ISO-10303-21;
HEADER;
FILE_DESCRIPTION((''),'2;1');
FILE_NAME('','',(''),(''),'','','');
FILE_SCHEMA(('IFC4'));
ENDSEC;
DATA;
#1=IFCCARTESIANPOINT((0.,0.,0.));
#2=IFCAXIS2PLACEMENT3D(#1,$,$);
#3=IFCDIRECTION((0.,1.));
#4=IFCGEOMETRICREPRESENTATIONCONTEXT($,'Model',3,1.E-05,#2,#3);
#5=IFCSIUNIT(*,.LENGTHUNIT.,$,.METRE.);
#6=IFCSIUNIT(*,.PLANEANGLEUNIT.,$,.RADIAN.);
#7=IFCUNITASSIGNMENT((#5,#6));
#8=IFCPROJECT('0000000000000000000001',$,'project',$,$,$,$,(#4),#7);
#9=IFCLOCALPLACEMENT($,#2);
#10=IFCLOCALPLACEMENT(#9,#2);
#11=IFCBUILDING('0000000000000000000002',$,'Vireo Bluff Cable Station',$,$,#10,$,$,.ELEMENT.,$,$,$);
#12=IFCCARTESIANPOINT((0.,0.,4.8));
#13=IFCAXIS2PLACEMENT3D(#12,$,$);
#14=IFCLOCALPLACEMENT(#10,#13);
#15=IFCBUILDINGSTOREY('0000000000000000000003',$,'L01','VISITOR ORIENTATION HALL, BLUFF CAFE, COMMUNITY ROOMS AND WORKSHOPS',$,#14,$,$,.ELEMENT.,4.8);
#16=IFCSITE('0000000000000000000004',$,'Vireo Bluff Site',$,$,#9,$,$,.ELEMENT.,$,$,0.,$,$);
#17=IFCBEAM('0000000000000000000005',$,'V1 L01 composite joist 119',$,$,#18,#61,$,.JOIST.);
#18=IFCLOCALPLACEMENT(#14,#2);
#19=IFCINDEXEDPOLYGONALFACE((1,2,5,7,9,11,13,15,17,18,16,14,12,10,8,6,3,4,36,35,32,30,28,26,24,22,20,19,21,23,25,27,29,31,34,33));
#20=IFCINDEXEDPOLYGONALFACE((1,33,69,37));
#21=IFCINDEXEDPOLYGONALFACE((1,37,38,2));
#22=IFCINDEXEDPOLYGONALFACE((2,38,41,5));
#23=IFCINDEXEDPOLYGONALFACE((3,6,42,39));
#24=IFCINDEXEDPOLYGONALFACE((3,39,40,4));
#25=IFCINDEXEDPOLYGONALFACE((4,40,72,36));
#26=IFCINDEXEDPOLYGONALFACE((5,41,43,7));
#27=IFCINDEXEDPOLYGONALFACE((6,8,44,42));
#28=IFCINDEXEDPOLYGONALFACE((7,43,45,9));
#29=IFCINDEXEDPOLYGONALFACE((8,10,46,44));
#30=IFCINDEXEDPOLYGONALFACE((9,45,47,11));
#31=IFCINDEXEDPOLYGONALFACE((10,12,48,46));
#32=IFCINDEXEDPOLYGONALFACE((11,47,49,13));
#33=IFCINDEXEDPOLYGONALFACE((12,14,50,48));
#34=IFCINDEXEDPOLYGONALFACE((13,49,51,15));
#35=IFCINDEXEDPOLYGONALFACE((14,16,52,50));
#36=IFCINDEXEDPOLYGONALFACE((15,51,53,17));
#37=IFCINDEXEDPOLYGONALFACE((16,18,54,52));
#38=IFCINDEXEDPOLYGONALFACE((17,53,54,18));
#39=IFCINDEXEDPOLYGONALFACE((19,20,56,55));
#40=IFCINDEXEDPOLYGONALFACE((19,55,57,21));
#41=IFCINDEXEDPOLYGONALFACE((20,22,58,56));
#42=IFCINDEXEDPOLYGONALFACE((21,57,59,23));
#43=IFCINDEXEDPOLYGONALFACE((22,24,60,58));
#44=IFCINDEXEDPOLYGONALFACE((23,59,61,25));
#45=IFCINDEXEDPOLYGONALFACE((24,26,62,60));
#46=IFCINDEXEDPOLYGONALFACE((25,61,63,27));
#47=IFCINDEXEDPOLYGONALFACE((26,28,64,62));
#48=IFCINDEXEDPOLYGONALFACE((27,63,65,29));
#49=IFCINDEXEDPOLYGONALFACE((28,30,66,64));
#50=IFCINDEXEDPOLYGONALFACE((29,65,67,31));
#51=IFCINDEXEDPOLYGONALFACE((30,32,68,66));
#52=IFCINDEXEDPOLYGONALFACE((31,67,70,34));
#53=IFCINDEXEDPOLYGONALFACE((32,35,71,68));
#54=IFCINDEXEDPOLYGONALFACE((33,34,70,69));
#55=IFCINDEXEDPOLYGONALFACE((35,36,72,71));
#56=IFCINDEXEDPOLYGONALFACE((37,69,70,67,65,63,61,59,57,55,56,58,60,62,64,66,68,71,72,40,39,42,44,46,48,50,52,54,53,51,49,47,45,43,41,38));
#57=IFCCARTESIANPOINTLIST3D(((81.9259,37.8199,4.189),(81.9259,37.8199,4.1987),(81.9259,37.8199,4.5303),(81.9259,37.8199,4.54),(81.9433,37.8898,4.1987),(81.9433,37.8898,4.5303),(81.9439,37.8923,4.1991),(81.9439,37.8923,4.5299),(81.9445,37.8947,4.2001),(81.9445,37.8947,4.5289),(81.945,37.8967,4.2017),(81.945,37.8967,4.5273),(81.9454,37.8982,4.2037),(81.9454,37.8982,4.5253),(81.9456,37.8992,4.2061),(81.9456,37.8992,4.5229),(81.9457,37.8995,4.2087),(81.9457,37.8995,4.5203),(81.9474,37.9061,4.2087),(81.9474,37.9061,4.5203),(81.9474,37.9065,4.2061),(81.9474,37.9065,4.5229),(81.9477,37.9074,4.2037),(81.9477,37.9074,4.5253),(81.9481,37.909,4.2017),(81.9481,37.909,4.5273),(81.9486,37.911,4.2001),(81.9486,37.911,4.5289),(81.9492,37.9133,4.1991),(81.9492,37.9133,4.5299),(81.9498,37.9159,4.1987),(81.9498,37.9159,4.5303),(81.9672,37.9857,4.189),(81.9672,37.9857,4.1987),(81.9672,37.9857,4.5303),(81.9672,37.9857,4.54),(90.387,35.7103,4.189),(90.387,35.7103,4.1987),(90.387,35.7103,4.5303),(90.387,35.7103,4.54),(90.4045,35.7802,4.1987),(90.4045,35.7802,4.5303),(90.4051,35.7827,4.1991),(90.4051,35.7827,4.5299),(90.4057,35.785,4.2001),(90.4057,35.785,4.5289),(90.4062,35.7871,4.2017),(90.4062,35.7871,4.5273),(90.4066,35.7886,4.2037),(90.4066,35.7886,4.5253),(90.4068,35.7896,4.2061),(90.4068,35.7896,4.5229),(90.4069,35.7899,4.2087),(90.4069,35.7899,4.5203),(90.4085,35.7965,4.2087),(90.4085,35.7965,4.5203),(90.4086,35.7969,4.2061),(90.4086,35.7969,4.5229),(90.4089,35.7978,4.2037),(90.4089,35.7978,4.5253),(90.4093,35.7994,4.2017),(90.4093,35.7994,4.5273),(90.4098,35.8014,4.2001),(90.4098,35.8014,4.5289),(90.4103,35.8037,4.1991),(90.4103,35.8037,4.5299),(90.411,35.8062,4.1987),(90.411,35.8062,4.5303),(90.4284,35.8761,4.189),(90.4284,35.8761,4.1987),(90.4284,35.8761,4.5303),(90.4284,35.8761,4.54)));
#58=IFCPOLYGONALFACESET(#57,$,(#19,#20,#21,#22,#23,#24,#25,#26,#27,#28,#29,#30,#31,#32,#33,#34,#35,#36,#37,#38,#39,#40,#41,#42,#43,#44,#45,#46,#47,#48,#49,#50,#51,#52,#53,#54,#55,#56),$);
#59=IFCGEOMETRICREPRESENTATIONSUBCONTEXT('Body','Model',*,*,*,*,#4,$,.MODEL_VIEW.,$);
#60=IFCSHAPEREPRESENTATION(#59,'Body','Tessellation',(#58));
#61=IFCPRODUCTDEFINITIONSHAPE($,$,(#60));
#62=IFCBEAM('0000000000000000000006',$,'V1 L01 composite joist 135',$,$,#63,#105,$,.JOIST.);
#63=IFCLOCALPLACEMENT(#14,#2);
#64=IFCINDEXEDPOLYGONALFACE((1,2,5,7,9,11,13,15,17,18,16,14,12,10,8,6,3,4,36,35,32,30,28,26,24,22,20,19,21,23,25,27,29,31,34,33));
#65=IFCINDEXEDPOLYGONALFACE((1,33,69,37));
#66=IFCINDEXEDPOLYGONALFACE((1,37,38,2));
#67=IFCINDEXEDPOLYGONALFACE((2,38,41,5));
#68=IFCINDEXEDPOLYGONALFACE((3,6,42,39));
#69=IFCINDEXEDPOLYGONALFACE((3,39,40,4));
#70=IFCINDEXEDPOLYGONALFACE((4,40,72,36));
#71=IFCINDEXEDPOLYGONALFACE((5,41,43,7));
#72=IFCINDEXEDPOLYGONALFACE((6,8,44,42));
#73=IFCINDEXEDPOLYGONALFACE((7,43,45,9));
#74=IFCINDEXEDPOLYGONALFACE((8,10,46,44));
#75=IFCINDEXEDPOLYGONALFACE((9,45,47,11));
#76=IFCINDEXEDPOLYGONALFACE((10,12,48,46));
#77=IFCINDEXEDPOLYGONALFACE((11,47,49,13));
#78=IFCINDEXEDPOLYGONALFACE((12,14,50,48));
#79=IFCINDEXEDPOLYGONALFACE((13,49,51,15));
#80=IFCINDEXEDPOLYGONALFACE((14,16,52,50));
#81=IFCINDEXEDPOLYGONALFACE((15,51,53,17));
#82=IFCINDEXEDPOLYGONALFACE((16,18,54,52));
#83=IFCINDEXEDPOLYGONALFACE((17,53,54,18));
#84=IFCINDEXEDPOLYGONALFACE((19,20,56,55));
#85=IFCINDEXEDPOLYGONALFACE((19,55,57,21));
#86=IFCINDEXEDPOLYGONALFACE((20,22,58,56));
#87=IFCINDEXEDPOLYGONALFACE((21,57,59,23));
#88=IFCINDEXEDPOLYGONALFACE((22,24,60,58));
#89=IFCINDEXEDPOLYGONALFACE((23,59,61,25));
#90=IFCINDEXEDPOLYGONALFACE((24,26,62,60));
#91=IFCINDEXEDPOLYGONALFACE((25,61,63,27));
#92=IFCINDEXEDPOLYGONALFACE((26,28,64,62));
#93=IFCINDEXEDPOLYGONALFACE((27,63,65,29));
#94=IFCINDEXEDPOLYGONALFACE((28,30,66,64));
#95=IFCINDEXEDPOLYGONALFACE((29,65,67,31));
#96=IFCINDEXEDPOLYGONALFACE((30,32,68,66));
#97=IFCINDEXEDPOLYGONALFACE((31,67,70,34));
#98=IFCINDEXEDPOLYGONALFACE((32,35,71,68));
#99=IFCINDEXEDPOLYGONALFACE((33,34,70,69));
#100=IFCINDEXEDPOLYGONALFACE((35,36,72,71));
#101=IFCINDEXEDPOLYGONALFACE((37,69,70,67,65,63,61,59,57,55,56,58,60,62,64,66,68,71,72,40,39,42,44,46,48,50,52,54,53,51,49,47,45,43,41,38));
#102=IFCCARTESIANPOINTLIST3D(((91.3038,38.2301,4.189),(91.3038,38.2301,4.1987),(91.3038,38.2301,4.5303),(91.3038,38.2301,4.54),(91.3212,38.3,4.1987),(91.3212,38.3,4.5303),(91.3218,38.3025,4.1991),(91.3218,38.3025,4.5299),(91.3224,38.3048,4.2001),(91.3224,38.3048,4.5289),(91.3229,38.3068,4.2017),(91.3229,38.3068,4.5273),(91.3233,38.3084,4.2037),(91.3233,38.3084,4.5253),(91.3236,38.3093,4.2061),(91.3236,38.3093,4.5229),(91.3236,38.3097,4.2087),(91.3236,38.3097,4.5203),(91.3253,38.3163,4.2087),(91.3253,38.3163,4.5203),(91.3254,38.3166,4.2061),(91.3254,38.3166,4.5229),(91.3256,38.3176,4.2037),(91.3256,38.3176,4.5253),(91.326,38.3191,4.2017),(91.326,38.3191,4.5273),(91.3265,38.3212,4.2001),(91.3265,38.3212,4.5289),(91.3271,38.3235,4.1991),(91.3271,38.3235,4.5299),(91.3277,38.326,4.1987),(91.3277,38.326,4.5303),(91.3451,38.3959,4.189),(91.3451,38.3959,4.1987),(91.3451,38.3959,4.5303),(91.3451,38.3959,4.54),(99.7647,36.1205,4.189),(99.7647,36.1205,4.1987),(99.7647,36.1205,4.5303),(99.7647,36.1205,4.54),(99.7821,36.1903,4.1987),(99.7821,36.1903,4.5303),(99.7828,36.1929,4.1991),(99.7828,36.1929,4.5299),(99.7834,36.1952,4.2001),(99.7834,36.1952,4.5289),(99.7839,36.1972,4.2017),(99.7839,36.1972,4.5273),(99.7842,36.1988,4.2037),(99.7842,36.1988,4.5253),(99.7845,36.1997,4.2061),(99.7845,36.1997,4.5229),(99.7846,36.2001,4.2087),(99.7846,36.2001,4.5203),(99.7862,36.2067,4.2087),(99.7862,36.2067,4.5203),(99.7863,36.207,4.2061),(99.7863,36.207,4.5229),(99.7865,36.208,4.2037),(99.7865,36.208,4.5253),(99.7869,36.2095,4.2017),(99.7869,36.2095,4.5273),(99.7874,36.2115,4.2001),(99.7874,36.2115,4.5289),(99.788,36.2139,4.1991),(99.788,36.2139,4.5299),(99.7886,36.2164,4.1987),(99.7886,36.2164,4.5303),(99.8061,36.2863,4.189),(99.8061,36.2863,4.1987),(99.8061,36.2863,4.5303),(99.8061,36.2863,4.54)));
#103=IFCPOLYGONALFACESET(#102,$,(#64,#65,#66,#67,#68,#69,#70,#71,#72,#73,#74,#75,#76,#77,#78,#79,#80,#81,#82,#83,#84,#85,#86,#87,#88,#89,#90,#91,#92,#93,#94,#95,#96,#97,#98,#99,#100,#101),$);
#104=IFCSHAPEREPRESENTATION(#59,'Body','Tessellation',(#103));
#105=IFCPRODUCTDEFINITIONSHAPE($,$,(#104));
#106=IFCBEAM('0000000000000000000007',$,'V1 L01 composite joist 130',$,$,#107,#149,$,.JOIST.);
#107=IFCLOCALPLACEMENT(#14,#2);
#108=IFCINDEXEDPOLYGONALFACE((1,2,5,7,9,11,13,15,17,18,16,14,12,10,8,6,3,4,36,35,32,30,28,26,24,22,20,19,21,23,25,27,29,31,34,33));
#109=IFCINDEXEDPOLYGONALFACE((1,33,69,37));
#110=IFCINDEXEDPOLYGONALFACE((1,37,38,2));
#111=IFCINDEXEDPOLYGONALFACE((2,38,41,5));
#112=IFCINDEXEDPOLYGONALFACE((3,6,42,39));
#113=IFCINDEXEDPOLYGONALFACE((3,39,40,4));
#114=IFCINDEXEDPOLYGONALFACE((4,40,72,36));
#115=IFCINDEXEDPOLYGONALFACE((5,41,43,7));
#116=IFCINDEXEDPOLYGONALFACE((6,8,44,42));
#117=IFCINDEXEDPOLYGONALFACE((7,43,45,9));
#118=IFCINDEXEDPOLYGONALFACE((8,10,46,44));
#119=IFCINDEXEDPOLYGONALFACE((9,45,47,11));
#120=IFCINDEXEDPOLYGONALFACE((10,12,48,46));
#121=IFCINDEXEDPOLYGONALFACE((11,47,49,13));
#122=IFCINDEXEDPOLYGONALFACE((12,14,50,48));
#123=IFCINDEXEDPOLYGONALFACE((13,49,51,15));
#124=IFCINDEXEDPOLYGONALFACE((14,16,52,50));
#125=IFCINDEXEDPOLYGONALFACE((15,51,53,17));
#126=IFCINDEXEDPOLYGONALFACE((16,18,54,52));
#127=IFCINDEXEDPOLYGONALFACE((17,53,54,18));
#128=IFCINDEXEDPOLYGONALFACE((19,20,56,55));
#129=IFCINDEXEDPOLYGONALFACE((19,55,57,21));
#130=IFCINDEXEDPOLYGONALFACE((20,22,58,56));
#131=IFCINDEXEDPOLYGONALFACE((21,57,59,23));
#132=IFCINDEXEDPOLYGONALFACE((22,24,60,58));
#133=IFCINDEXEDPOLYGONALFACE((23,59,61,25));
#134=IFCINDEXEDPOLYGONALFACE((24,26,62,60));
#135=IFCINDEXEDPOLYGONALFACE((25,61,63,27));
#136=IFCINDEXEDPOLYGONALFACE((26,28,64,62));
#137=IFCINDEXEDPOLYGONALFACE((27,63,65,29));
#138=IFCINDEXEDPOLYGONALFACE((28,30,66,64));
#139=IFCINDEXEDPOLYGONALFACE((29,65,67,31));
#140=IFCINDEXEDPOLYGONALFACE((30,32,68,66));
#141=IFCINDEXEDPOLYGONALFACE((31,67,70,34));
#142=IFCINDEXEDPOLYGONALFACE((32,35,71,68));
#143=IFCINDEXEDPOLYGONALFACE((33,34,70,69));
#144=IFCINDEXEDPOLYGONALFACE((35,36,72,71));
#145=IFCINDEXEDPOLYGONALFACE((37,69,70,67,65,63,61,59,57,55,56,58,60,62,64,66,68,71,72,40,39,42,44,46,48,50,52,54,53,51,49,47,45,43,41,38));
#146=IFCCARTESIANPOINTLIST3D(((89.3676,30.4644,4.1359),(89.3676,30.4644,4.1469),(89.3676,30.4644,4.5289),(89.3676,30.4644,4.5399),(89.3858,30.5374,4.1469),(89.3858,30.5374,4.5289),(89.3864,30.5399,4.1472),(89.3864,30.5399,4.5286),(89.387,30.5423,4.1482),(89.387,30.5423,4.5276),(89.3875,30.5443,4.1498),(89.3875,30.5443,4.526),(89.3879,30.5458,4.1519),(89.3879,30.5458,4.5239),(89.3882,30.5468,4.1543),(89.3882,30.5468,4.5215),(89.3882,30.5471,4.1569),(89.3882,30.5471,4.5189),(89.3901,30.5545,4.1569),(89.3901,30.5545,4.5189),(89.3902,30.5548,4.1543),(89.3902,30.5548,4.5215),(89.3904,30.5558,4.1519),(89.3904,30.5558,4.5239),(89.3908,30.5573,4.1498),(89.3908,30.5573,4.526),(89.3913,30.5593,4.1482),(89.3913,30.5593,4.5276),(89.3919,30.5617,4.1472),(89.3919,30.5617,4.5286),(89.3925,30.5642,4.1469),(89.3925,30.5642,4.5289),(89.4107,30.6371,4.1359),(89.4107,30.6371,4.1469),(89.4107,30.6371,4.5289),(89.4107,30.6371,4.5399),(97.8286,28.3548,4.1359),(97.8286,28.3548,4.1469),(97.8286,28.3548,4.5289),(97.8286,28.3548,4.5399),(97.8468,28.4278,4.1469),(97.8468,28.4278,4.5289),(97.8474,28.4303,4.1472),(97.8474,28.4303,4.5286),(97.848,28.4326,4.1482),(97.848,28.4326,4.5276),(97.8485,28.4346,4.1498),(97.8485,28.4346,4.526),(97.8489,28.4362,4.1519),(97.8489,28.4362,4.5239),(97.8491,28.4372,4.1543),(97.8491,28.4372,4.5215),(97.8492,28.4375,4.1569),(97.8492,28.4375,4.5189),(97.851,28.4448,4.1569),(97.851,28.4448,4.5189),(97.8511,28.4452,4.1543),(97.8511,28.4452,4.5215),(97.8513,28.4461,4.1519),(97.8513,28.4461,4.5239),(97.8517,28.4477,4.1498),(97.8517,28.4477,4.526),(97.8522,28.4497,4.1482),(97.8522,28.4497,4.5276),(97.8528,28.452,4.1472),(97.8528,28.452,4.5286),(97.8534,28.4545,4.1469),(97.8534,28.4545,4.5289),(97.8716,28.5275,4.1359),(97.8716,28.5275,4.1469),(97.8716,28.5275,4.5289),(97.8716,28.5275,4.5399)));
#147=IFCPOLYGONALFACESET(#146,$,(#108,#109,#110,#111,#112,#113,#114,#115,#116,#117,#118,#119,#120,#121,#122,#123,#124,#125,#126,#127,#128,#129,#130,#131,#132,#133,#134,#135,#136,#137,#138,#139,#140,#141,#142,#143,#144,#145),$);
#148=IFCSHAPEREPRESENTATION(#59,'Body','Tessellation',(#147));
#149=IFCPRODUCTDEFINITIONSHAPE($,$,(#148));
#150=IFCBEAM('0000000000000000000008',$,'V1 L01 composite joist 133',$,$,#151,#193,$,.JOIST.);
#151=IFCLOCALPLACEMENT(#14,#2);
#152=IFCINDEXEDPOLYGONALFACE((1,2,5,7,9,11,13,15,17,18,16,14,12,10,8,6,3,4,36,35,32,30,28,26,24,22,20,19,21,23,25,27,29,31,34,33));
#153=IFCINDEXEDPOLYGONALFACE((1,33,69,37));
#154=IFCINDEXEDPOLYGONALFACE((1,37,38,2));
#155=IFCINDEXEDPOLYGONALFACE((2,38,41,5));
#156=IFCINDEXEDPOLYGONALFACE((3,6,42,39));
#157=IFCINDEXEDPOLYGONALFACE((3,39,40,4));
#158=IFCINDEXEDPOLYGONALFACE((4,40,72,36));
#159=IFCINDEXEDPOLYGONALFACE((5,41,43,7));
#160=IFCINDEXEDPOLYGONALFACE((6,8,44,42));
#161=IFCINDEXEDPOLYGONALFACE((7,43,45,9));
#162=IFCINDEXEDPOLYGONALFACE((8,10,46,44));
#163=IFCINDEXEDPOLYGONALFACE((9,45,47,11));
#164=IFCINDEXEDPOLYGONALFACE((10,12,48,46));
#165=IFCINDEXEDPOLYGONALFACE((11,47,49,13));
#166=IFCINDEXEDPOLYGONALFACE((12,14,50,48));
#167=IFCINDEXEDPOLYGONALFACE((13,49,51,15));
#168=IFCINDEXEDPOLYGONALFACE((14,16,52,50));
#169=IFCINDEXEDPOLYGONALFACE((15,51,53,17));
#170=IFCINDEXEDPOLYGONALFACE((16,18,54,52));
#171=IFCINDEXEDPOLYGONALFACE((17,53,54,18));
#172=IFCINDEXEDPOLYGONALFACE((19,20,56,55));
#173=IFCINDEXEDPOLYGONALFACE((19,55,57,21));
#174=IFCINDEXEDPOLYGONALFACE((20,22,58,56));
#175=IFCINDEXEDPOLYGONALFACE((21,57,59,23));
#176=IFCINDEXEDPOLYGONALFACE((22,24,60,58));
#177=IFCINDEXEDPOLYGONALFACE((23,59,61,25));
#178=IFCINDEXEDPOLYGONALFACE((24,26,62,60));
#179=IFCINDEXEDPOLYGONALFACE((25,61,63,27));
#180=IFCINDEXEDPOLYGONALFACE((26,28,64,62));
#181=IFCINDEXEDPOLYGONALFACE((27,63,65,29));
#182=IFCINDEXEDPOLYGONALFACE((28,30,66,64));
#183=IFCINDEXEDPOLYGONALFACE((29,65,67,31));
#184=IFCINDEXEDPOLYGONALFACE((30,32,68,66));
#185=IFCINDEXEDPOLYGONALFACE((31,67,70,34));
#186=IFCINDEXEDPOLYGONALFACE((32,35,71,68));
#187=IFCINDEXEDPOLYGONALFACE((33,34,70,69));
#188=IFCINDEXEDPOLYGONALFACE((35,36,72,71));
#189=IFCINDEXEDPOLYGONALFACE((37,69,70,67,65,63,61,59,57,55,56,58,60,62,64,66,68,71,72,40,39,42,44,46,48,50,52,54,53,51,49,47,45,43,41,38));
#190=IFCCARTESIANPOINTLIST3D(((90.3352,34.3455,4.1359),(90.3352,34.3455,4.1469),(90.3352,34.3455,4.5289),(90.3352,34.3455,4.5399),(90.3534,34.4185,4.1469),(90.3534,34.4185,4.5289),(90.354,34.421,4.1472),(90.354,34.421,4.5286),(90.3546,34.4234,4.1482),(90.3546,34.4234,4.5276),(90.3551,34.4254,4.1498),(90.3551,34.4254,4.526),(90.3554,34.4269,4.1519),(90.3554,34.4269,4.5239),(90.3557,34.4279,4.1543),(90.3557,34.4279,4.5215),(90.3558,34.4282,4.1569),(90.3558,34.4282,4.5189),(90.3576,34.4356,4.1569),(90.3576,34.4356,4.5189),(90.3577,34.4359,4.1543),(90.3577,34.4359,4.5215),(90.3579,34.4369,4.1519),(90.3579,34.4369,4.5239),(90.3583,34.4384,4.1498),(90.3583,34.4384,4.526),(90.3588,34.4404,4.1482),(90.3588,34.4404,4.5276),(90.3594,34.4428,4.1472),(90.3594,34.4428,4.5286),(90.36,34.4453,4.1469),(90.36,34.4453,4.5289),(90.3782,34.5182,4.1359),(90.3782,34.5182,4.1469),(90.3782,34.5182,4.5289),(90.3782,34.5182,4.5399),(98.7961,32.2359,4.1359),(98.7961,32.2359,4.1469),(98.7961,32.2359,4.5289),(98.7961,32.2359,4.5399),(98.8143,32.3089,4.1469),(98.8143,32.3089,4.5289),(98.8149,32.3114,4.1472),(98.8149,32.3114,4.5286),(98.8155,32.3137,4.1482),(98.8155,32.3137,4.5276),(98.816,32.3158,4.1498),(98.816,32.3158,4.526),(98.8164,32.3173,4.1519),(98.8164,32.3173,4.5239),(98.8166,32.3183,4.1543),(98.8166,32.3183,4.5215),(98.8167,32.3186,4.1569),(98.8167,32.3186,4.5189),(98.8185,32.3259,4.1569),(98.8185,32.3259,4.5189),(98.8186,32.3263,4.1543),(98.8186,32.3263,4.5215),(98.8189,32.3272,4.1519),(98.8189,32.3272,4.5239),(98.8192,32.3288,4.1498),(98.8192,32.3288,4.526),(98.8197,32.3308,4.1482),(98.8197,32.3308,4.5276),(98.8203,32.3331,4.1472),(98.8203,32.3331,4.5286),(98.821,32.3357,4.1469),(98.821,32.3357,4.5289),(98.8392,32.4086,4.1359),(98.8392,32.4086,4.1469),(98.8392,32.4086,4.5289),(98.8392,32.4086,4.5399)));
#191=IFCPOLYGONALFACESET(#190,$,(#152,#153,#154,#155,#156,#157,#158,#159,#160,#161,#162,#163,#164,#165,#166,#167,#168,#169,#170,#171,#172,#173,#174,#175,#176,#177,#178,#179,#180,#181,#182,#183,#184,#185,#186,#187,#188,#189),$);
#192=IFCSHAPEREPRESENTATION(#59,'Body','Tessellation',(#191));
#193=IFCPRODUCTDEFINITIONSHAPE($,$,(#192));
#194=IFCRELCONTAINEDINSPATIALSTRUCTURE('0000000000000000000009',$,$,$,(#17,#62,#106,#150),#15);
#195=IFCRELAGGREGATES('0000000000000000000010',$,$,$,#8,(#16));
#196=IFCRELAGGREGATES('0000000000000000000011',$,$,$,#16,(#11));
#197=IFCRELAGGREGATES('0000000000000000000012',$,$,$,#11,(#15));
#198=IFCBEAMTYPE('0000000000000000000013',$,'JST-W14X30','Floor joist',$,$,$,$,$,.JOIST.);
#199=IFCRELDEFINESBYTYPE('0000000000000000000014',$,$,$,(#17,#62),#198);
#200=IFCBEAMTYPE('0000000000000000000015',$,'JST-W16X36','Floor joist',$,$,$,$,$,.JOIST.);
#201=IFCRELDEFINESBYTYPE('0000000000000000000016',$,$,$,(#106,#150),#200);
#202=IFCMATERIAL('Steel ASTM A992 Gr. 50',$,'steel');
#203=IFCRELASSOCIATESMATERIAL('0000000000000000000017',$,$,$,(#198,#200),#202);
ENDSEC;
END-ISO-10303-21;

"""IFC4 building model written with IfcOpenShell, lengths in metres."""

from ifc_helpers import new_model, si_unit, direction, frame, origin, origin_2d, place, context, subcontext, project, spatial, i_section, extrude, material, material_profile, profile_set, type_object, element, save


model = new_model("IFC4")

# Units and contexts
model_context = context("Model", 3, precision=1e-05, world=origin(), true_north=direction((0.0, 1.0)))
body_context = subcontext(model_context, "Body", "Model", "MODEL_VIEW")
ifc_project = project(units=[si_unit("LENGTHUNIT", "METRE"), si_unit("PLANEANGLEUNIT", "RADIAN")], contexts=[model_context])

# Site, building, storey
site_placement = place(None, origin())
site = spatial("IfcSite", under=ifc_project, at=site_placement, Name="Vireo Bluff Site", CompositionType="ELEMENT", RefElevation=0.0)
building_placement = place(site_placement, origin())
building = spatial("IfcBuilding", under=site, at=building_placement, Name="Vireo Bluff Cable Station", CompositionType="ELEMENT")
storey_placement = place(building_placement, frame((0.0, 0.0, 4.8)))
storey = spatial("IfcBuildingStorey", under=building, at=storey_placement, Name="L01", Description="VISITOR ORIENTATION HALL, BLUFF CAFE, COMMUNITY ROOMS AND WORKSHOPS", CompositionType="ELEMENT", Elevation=4.8)

# Shared definitions
ifc_material_1 = material(Name="Steel ASTM A992 Gr. 50", Category="steel")

# Beams
ifc_material_profile_1 = material_profile(ifc_material_1, i_section(OverallWidth=0.1709, OverallDepth=0.3511, WebThickness=0.0068, FlangeThickness=0.0098, FilletRadius=0.01, at=origin_2d()), Name="W14X30")
ifc_profile_set_1 = profile_set([ifc_material_profile_1], Name="Steel ASTM A992 Gr. 50")
beam_type_1 = type_object("IfcBeamType", Name="JST-W14X30", Description="Floor joist", PredefinedType="JOIST", material=ifc_profile_set_1)
beam_1_placement = place(storey_placement, frame((81.9465, 37.9028, 4.3645), z_axis=(0.970295, -0.241923, 0.0), x_axis=(0.241923, 0.970295, 0.0)))
element("IfcBeam", 1, at=beam_1_placement, inside=storey, type_object=beam_type_1, Name="V1 L01 composite joist 119", PredefinedType="JOIST", context=body_context, shape_type="SweptSolid", body=[
    extrude(i_section(OverallWidth=0.1709, OverallDepth=0.3511, WebThickness=0.0068, FlangeThickness=0.0098, FilletRadius=0.01, at=origin_2d()), origin(), (0.0, 0.0, 1.0), 8.7202),
])
beam_2_placement = place(storey_placement, frame((91.3245, 38.313, 4.3645), z_axis=(0.970294, -0.24193, 0.0), x_axis=(0.24193, 0.970294, 0.0)))
element("IfcBeam", 2, at=beam_2_placement, inside=storey, type_object=beam_type_1, Name="V1 L01 composite joist 135", PredefinedType="JOIST", context=body_context, shape_type="SweptSolid", body=[
    extrude(i_section(OverallWidth=0.1709, OverallDepth=0.3511, WebThickness=0.0068, FlangeThickness=0.0098, FilletRadius=0.01, at=origin_2d()), origin(), (0.0, 0.0, 1.0), 8.72),
])
ifc_material_profile_2 = material_profile(ifc_material_1, i_section(OverallWidth=0.178, OverallDepth=0.4041, WebThickness=0.0076, FlangeThickness=0.011, FilletRadius=0.01, at=origin_2d()), Name="W16X36")
ifc_profile_set_2 = profile_set([ifc_material_profile_2], Name="Steel ASTM A992 Gr. 50")
beam_type_2 = type_object("IfcBeamType", Name="JST-W16X36", Description="Floor joist", PredefinedType="JOIST", material=ifc_profile_set_2)
for number, where, z_axis, x_axis, name in (
    (3, (89.3892, 30.5508, 4.3379), (0.970294, -0.24193, 0.0), (0.24193, 0.970294, 0.0), "V1 L01 composite joist 130"),
    (4, (90.3567, 34.4319, 4.3379), (0.970294, -0.24193, 0.0), (0.24193, 0.970294, 0.0), "V1 L01 composite joist 133"),
):
    element("IfcBeam", number, at=place(storey_placement, frame(where, z_axis=z_axis, x_axis=x_axis)), inside=storey, type_object=beam_type_2, Name=name, PredefinedType="JOIST", context=body_context, shape_type="SweptSolid", body=[
        extrude(i_section(OverallWidth=0.178, OverallDepth=0.4041, WebThickness=0.0076, FlangeThickness=0.011, FilletRadius=0.01, at=origin_2d()), origin(), (0.0, 0.0, 1.0), 8.72),
    ])

save(model, "model.ifc")
